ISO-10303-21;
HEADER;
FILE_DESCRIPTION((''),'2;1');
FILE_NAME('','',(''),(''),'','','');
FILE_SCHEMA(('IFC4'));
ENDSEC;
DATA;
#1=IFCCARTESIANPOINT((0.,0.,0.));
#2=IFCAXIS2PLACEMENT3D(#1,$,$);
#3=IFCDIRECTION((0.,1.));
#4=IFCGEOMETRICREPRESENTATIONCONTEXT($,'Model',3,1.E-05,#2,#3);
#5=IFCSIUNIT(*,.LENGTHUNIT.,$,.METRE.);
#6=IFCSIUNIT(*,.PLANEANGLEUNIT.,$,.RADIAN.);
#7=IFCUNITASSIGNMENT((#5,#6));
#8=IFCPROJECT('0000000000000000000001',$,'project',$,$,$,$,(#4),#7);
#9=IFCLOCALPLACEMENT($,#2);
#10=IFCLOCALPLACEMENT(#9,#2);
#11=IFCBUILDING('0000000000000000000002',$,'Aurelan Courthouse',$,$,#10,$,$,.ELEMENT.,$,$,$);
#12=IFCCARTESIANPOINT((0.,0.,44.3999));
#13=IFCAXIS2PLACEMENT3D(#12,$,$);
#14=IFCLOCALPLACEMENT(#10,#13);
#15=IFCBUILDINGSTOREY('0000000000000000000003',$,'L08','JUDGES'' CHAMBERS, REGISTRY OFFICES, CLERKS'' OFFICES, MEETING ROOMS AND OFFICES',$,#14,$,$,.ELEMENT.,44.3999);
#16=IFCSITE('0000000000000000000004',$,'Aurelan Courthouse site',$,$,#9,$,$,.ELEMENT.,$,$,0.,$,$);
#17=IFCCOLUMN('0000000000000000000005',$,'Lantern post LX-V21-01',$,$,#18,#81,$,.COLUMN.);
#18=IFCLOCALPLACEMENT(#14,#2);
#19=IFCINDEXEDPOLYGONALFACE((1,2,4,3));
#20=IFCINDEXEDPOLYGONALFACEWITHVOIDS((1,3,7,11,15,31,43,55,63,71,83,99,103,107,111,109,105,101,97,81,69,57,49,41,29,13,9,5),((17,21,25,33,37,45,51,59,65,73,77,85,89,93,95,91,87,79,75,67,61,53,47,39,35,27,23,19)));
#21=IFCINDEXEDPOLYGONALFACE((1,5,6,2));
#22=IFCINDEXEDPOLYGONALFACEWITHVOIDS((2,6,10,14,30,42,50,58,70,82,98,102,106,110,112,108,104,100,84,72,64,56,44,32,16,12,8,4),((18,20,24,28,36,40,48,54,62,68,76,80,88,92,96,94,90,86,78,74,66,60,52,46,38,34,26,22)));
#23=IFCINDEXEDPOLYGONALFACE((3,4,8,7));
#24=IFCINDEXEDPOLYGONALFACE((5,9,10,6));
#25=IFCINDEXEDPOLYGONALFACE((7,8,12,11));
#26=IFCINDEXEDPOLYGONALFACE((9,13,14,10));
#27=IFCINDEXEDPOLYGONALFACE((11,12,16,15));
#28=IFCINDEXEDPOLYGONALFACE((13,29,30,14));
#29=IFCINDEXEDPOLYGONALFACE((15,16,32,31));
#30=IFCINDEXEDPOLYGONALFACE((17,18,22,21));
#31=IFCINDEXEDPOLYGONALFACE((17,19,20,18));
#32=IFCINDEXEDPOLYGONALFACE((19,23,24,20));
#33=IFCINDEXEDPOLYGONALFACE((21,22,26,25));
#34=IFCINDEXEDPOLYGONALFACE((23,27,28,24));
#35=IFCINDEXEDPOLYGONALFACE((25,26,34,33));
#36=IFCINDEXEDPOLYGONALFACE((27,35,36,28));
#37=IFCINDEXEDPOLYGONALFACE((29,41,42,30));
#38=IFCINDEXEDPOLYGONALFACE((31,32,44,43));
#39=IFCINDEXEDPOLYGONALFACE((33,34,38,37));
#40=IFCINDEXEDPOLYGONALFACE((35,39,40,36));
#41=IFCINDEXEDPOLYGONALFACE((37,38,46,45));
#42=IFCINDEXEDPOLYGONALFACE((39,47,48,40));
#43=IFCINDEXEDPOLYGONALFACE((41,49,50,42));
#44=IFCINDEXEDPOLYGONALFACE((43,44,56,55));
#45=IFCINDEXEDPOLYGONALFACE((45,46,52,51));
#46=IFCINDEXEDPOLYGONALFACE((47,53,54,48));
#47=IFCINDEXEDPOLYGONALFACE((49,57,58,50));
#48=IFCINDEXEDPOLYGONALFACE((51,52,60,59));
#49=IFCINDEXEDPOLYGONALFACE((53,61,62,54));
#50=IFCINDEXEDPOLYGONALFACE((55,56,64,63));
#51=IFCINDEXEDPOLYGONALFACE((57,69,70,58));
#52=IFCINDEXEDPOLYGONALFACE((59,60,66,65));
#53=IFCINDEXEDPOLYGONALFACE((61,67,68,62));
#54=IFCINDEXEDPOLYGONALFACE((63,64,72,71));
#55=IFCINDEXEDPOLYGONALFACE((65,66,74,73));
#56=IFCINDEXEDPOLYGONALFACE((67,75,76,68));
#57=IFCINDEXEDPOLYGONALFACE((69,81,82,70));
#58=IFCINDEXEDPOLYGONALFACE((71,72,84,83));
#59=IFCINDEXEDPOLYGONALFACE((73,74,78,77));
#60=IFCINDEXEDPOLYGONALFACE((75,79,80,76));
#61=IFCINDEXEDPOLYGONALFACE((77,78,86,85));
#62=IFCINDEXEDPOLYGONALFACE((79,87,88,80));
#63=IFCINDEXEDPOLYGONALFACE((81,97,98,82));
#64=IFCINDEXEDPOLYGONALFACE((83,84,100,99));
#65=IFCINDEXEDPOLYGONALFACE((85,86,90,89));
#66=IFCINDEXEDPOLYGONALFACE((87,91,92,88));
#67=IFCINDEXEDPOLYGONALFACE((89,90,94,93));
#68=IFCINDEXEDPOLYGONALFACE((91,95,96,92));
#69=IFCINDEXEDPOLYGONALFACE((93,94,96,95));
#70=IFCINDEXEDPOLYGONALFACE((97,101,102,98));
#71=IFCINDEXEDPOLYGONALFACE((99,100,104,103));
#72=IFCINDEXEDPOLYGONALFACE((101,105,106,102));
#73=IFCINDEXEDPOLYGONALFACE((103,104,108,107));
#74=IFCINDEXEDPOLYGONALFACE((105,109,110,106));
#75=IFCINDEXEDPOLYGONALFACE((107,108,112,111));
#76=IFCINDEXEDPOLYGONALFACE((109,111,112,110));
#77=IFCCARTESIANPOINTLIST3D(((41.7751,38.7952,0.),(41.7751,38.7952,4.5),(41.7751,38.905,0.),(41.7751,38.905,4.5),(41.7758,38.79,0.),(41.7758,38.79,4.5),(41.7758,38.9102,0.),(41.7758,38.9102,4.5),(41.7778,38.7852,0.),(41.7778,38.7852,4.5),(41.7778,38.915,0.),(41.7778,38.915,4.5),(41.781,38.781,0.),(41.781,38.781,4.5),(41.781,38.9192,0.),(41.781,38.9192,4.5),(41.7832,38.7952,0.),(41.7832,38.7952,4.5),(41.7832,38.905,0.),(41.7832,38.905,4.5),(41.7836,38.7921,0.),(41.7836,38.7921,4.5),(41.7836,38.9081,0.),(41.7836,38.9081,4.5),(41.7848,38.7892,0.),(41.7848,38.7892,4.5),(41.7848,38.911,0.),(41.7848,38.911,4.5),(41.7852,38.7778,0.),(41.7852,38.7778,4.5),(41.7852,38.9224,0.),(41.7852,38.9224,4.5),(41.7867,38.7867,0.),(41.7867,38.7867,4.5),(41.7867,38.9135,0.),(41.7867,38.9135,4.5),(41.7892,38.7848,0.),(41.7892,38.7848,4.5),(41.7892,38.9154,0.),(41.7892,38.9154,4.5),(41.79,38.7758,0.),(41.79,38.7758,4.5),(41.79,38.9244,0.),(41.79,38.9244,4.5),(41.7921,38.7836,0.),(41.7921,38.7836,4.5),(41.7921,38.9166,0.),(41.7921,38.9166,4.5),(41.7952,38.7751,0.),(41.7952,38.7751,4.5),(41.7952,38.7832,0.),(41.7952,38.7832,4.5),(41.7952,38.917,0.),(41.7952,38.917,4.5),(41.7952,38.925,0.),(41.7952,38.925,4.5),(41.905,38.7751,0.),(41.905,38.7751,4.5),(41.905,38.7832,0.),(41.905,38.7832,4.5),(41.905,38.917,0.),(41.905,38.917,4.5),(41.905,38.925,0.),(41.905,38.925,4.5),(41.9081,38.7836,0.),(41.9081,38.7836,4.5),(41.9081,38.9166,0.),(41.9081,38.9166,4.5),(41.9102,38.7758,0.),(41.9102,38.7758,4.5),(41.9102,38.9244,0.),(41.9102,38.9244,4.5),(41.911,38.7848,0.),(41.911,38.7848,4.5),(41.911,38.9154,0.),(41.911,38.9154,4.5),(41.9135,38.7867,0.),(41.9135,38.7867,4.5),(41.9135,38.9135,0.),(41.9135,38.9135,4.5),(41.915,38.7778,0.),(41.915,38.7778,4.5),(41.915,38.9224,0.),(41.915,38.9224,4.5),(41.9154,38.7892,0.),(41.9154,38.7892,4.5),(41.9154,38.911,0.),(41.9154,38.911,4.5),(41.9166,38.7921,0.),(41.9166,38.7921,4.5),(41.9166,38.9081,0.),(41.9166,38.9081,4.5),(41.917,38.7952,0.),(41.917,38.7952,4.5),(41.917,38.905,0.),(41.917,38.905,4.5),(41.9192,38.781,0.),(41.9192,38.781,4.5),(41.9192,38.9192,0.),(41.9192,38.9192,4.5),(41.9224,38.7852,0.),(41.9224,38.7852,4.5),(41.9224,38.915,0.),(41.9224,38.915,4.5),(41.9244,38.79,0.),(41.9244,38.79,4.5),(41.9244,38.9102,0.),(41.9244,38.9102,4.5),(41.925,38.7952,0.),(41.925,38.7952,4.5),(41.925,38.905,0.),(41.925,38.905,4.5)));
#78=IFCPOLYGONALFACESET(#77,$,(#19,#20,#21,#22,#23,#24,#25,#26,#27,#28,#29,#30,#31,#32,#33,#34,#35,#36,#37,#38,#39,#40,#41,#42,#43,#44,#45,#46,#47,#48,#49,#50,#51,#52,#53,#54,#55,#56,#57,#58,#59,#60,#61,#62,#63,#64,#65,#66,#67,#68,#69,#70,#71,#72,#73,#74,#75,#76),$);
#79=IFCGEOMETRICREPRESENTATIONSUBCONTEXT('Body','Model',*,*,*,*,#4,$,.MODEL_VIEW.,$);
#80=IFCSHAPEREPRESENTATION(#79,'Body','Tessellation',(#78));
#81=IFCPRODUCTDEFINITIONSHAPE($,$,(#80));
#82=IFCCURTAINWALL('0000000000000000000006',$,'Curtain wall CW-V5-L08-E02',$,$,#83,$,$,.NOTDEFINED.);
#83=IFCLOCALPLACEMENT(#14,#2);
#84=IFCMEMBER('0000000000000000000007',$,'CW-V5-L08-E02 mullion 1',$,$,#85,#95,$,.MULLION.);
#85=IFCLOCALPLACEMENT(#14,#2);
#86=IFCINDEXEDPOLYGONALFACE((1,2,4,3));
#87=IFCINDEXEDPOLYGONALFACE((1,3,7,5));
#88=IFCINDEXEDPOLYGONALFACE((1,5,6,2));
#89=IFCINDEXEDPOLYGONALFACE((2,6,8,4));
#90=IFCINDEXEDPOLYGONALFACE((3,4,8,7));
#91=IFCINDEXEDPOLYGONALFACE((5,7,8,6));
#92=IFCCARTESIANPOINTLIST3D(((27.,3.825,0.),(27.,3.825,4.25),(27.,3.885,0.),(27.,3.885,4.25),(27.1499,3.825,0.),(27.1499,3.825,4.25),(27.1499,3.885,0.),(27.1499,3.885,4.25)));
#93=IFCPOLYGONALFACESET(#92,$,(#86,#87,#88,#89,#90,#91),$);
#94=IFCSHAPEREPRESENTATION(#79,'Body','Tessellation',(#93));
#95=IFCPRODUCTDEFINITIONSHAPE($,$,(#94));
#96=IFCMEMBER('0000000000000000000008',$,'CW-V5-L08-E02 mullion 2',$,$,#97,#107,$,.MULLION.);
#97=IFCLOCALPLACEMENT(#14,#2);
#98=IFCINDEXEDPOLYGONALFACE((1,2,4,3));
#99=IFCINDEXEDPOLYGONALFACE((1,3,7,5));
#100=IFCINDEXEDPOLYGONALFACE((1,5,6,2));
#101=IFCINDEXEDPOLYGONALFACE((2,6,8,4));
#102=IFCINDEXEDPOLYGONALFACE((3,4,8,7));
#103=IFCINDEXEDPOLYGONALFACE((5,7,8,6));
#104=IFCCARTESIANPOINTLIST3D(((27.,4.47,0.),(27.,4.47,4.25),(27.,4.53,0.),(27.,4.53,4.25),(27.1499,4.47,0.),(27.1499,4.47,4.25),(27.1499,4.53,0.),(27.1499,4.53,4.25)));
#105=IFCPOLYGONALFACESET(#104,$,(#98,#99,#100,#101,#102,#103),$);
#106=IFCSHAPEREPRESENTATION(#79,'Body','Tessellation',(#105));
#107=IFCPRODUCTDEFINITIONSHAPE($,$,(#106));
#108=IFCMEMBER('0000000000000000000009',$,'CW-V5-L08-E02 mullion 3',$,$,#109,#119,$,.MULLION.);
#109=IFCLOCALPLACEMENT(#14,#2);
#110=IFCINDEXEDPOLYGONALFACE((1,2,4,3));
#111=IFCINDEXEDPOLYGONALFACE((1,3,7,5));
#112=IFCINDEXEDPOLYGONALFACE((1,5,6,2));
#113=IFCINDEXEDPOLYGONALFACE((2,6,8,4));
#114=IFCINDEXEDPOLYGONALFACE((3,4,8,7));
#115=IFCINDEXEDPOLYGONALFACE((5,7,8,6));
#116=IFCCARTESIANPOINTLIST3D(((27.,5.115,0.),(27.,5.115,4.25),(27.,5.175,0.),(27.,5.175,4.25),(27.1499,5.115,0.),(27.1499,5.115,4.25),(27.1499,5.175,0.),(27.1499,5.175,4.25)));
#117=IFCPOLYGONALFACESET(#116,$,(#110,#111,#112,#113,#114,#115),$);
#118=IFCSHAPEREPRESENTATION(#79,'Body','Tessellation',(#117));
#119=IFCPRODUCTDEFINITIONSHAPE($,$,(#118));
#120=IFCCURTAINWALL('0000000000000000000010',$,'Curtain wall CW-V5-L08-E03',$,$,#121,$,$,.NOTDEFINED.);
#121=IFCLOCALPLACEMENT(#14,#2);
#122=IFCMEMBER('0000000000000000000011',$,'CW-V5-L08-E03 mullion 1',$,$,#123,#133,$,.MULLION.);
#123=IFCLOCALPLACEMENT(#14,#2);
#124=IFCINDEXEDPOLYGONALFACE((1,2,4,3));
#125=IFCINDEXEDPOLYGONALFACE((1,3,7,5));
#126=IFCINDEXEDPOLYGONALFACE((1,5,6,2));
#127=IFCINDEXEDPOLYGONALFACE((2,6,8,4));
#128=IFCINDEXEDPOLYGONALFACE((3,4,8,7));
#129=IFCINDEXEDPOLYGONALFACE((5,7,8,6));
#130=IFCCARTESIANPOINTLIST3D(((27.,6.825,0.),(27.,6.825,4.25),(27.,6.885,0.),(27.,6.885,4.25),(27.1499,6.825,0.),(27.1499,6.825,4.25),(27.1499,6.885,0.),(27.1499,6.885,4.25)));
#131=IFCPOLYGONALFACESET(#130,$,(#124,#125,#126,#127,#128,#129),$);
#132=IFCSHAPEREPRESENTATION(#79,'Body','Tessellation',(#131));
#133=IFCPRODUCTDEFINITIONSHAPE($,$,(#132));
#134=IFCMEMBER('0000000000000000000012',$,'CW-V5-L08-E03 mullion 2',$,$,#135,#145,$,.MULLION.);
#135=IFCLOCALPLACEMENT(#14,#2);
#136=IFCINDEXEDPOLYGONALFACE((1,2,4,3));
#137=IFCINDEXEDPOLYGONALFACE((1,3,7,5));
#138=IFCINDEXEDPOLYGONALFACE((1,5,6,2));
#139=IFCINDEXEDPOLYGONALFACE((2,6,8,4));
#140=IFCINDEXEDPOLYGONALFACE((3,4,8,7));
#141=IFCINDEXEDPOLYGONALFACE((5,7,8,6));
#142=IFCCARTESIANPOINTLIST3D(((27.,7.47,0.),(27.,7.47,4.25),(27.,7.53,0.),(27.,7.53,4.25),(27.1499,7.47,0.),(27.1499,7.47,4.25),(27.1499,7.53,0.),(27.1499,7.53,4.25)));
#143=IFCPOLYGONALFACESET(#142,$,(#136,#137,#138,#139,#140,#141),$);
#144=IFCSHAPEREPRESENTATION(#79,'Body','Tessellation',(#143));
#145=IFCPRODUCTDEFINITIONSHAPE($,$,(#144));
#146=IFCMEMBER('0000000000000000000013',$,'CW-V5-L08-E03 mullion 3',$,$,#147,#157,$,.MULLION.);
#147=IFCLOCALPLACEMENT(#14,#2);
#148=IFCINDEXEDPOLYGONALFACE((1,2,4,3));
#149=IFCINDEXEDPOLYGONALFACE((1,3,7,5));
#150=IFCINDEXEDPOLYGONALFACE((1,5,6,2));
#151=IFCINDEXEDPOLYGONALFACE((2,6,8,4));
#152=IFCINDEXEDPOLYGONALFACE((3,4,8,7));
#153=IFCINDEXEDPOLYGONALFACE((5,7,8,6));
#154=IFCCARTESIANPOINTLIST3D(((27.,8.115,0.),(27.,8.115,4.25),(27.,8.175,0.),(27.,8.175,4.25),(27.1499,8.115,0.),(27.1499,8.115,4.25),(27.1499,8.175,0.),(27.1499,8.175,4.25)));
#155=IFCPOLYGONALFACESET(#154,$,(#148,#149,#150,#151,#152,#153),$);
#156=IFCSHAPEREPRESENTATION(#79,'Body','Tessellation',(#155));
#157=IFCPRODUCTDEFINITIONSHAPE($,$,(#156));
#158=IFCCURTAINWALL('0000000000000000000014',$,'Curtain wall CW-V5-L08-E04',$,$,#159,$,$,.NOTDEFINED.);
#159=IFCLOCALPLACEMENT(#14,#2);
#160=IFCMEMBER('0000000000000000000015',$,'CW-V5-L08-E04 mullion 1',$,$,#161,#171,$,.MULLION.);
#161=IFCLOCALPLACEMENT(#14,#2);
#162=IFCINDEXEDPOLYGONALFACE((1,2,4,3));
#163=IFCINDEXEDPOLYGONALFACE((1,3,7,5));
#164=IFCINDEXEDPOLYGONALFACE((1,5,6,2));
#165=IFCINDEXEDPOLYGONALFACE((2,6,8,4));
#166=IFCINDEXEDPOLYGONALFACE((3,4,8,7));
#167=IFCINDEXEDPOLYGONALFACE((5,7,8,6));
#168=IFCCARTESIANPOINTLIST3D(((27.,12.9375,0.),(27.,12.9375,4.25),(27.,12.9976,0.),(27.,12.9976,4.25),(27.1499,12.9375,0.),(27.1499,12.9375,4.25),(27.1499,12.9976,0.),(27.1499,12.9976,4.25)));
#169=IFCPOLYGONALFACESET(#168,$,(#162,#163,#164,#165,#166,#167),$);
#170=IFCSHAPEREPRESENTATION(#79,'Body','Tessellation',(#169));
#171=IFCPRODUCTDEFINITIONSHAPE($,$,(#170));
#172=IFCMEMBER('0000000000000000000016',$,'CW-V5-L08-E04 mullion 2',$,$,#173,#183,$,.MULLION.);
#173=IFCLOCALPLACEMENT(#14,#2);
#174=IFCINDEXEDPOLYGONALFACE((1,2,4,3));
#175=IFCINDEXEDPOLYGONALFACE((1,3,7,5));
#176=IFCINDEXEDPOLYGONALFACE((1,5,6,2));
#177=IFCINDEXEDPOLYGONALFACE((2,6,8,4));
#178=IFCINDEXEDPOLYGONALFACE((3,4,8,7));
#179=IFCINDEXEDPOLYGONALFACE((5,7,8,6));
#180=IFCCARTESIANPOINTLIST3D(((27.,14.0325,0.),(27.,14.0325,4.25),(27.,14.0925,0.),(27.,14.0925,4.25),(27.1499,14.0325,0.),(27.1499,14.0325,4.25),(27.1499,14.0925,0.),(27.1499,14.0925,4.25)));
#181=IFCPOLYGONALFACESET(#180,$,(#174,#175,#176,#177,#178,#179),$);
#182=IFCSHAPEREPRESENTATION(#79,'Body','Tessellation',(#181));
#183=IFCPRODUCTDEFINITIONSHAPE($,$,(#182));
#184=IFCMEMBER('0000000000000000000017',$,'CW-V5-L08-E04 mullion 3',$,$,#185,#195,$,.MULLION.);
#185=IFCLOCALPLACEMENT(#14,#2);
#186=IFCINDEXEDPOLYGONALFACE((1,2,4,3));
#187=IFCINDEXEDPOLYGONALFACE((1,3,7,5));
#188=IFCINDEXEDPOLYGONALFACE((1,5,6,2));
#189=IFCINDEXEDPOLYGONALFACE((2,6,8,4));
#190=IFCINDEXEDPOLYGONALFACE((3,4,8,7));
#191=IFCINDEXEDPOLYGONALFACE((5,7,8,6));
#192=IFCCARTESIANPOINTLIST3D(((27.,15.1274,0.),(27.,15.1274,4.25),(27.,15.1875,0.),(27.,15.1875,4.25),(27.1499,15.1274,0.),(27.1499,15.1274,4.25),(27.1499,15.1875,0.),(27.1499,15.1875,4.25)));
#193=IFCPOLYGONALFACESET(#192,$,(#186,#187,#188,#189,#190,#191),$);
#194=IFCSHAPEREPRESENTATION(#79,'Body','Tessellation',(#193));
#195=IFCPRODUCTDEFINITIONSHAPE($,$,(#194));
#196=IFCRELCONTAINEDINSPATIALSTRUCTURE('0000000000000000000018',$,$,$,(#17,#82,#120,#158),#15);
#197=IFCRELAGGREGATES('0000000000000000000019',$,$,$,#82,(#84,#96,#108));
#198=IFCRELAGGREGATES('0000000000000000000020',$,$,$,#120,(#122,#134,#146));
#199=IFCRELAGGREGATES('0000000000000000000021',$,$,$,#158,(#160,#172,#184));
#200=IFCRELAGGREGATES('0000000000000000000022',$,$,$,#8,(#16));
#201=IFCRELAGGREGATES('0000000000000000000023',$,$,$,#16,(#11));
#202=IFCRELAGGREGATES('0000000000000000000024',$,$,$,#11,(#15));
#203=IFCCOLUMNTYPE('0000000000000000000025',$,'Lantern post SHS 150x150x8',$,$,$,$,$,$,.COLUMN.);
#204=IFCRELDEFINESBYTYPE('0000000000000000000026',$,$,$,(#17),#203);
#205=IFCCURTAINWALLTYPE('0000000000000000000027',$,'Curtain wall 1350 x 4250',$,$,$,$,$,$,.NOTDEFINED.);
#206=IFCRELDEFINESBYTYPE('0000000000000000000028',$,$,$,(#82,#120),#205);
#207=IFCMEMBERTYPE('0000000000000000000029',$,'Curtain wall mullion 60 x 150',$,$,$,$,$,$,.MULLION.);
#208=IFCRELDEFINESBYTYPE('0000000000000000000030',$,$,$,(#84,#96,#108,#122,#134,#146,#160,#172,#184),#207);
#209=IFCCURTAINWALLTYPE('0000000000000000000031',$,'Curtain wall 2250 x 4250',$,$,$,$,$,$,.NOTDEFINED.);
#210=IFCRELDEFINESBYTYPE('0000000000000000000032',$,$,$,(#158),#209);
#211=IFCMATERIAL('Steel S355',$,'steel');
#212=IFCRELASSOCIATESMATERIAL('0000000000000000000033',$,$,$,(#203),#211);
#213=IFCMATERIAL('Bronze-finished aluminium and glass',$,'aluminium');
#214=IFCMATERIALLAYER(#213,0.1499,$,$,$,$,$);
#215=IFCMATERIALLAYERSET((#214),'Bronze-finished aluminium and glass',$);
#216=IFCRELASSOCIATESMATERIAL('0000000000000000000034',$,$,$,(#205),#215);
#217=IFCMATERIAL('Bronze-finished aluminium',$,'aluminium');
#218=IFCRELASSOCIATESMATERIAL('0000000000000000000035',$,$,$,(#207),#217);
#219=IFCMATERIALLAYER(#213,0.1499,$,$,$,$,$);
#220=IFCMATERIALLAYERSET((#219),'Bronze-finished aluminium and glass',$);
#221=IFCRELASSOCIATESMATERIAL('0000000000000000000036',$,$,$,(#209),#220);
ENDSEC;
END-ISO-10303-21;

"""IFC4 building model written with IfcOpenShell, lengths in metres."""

from ifc_helpers import new_model, si_unit, direction, frame, origin, origin_2d, place, context, subcontext, project, spatial, rectangle, hollow_rectangle, extrude, material, layer, layer_set, material_profile, profile_set, type_object, element, aggregate, save


model = new_model("IFC4")

# Units and contexts
model_context = context("Model", 3, precision=1e-05, world=origin(), true_north=direction((0.0, 1.0)))
body_context = subcontext(model_context, "Body", "Model", "MODEL_VIEW")
ifc_project = project(units=[si_unit("LENGTHUNIT", "METRE"), si_unit("PLANEANGLEUNIT", "RADIAN")], contexts=[model_context])

# Site, building, storey
site_placement = place(None, origin())
site = spatial("IfcSite", under=ifc_project, at=site_placement, Name="Aurelan Courthouse site", CompositionType="ELEMENT", RefElevation=0.0)
building_placement = place(site_placement, origin())
building = spatial("IfcBuilding", under=site, at=building_placement, Name="Aurelan Courthouse", CompositionType="ELEMENT")
storey_placement = place(building_placement, frame((0.0, 0.0, 44.3999)))
storey = spatial("IfcBuildingStorey", under=building, at=storey_placement, Name="L08", Description="JUDGES' CHAMBERS, REGISTRY OFFICES, CLERKS' OFFICES, MEETING ROOMS AND OFFICES", CompositionType="ELEMENT", Elevation=44.3999)

# Column
ifc_material_1 = material(Name="Steel S355", Category="steel")
ifc_material_profile_1 = material_profile(ifc_material_1, hollow_rectangle(XDim=0.1499, YDim=0.1499, WallThickness=0.0081, InnerFilletRadius=0.012, OuterFilletRadius=0.02, at=origin_2d()), Name="SHS 150x150x8")
ifc_profile_set_1 = profile_set([ifc_material_profile_1], Name="Steel S355")
column_type = type_object("IfcColumnType", Name="Lantern post SHS 150x150x8", PredefinedType="COLUMN", material=ifc_profile_set_1)
column_placement = place(storey_placement, frame((41.8501, 38.8501, 0.0), z_axis=(0.0, 0.0, 1.0), x_axis=(1.0, 0.0, 0.0)))
element("IfcColumn", 1, at=column_placement, inside=storey, type_object=column_type, Name="Lantern post LX-V21-01", PredefinedType="COLUMN", context=body_context, shape_type="SweptSolid", body=[
    extrude(hollow_rectangle(XDim=0.1499, YDim=0.1499, WallThickness=0.0081, InnerFilletRadius=0.012, OuterFilletRadius=0.02, at=origin_2d()), origin(), (0.0, 0.0, 1.0), 4.5),
])

# Curtain walls, members
ifc_material_2 = material(Name="Bronze-finished aluminium and glass", Category="aluminium")
ifc_layer_1 = layer(ifc_material_2, 0.1499)
ifc_layer_set_1 = layer_set([ifc_layer_1], Name="Bronze-finished aluminium and glass")
curtain_wall_type_1 = type_object("IfcCurtainWallType", Name="Curtain wall 1350 x 4250", PredefinedType="NOTDEFINED", material=ifc_layer_set_1)
curtain_wall_1_placement = place(storey_placement, origin())
curtain_wall_1 = element("IfcCurtainWall", 2, at=curtain_wall_1_placement, inside=storey, type_object=curtain_wall_type_1, Name="Curtain wall CW-V5-L08-E02", PredefinedType="NOTDEFINED")
ifc_material_3 = material(Name="Bronze-finished aluminium", Category="aluminium")
ifc_material_profile_2 = material_profile(ifc_material_3, rectangle(XDim=0.1499, YDim=0.0601, at=origin_2d()), Name="Bronze mullion 60 x 150")
ifc_profile_set_2 = profile_set([ifc_material_profile_2], Name="Bronze-finished aluminium")
member_type_1 = type_object("IfcMemberType", Name="Curtain wall mullion 60 x 150", PredefinedType="MULLION", material=ifc_profile_set_2)
member_1_placement = place(storey_placement, frame((27.075, 3.855, 0.0), z_axis=(0.0, 0.0, 1.0), x_axis=(-1.0, 0.0, 0.0)))
member_1 = element("IfcMember", 3, at=member_1_placement, type_object=member_type_1, Name="CW-V5-L08-E02 mullion 1", PredefinedType="MULLION", context=body_context, shape_type="SweptSolid", body=[
    extrude(rectangle(XDim=0.1499, YDim=0.0601, at=origin_2d()), origin(), (0.0, 0.0, 1.0), 4.25),
])
member_2_placement = place(storey_placement, frame((27.075, 4.5, 0.0), z_axis=(0.0, 0.0, 1.0), x_axis=(-1.0, 0.0, 0.0)))
member_2 = element("IfcMember", 4, at=member_2_placement, type_object=member_type_1, Name="CW-V5-L08-E02 mullion 2", PredefinedType="MULLION", context=body_context, shape_type="SweptSolid", body=[
    extrude(rectangle(XDim=0.1499, YDim=0.0601, at=origin_2d()), origin(), (0.0, 0.0, 1.0), 4.25),
])
member_3_placement = place(storey_placement, frame((27.075, 5.145, 0.0), z_axis=(0.0, 0.0, 1.0), x_axis=(-1.0, 0.0, 0.0)))
member_3 = element("IfcMember", 5, at=member_3_placement, type_object=member_type_1, Name="CW-V5-L08-E02 mullion 3", PredefinedType="MULLION", context=body_context, shape_type="SweptSolid", body=[
    extrude(rectangle(XDim=0.1499, YDim=0.0601, at=origin_2d()), origin(), (0.0, 0.0, 1.0), 4.25),
])
aggregate(curtain_wall_1, [member_1, member_2, member_3])
curtain_wall_2_placement = place(storey_placement, origin())
curtain_wall_2 = element("IfcCurtainWall", 6, at=curtain_wall_2_placement, inside=storey, type_object=curtain_wall_type_1, Name="Curtain wall CW-V5-L08-E03", PredefinedType="NOTDEFINED")
member_4_placement = place(storey_placement, frame((27.075, 6.855, 0.0), z_axis=(0.0, 0.0, 1.0), x_axis=(-1.0, 0.0, 0.0)))
member_4 = element("IfcMember", 7, at=member_4_placement, type_object=member_type_1, Name="CW-V5-L08-E03 mullion 1", PredefinedType="MULLION", context=body_context, shape_type="SweptSolid", body=[
    extrude(rectangle(XDim=0.1499, YDim=0.0601, at=origin_2d()), origin(), (0.0, 0.0, 1.0), 4.25),
])
member_5_placement = place(storey_placement, frame((27.075, 7.5, 0.0), z_axis=(0.0, 0.0, 1.0), x_axis=(-1.0, 0.0, 0.0)))
member_5 = element("IfcMember", 8, at=member_5_placement, type_object=member_type_1, Name="CW-V5-L08-E03 mullion 2", PredefinedType="MULLION", context=body_context, shape_type="SweptSolid", body=[
    extrude(rectangle(XDim=0.1499, YDim=0.0601, at=origin_2d()), origin(), (0.0, 0.0, 1.0), 4.25),
])
member_6_placement = place(storey_placement, frame((27.075, 8.145, 0.0), z_axis=(0.0, 0.0, 1.0), x_axis=(-1.0, 0.0, 0.0)))
member_6 = element("IfcMember", 9, at=member_6_placement, type_object=member_type_1, Name="CW-V5-L08-E03 mullion 3", PredefinedType="MULLION", context=body_context, shape_type="SweptSolid", body=[
    extrude(rectangle(XDim=0.1499, YDim=0.0601, at=origin_2d()), origin(), (0.0, 0.0, 1.0), 4.25),
])
aggregate(curtain_wall_2, [member_4, member_5, member_6])
ifc_layer_2 = layer(ifc_material_2, 0.1499)
ifc_layer_set_2 = layer_set([ifc_layer_2], Name="Bronze-finished aluminium and glass")
curtain_wall_type_2 = type_object("IfcCurtainWallType", Name="Curtain wall 2250 x 4250", PredefinedType="NOTDEFINED", material=ifc_layer_set_2)
curtain_wall_3_placement = place(storey_placement, origin())
curtain_wall_3 = element("IfcCurtainWall", 10, at=curtain_wall_3_placement, inside=storey, type_object=curtain_wall_type_2, Name="Curtain wall CW-V5-L08-E04", PredefinedType="NOTDEFINED")
member_7_placement = place(storey_placement, frame((27.075, 12.9675, 0.0), z_axis=(0.0, 0.0, 1.0), x_axis=(-1.0, 0.0, 0.0)))
member_7 = element("IfcMember", 11, at=member_7_placement, type_object=member_type_1, Name="CW-V5-L08-E04 mullion 1", PredefinedType="MULLION", context=body_context, shape_type="SweptSolid", body=[
    extrude(rectangle(XDim=0.1499, YDim=0.0601, at=origin_2d()), origin(), (0.0, 0.0, 1.0), 4.25),
])
member_8_placement = place(storey_placement, frame((27.075, 14.0625, 0.0), z_axis=(0.0, 0.0, 1.0), x_axis=(-1.0, 0.0, 0.0)))
member_8 = element("IfcMember", 12, at=member_8_placement, type_object=member_type_1, Name="CW-V5-L08-E04 mullion 2", PredefinedType="MULLION", context=body_context, shape_type="SweptSolid", body=[
    extrude(rectangle(XDim=0.1499, YDim=0.0601, at=origin_2d()), origin(), (0.0, 0.0, 1.0), 4.25),
])
member_9_placement = place(storey_placement, frame((27.075, 15.1575, 0.0), z_axis=(0.0, 0.0, 1.0), x_axis=(-1.0, 0.0, 0.0)))
member_9 = element("IfcMember", 13, at=member_9_placement, type_object=member_type_1, Name="CW-V5-L08-E04 mullion 3", PredefinedType="MULLION", context=body_context, shape_type="SweptSolid", body=[
    extrude(rectangle(XDim=0.1499, YDim=0.0601, at=origin_2d()), origin(), (0.0, 0.0, 1.0), 4.25),
])
aggregate(curtain_wall_3, [member_7, member_8, member_9])

save(model, "model.ifc")
